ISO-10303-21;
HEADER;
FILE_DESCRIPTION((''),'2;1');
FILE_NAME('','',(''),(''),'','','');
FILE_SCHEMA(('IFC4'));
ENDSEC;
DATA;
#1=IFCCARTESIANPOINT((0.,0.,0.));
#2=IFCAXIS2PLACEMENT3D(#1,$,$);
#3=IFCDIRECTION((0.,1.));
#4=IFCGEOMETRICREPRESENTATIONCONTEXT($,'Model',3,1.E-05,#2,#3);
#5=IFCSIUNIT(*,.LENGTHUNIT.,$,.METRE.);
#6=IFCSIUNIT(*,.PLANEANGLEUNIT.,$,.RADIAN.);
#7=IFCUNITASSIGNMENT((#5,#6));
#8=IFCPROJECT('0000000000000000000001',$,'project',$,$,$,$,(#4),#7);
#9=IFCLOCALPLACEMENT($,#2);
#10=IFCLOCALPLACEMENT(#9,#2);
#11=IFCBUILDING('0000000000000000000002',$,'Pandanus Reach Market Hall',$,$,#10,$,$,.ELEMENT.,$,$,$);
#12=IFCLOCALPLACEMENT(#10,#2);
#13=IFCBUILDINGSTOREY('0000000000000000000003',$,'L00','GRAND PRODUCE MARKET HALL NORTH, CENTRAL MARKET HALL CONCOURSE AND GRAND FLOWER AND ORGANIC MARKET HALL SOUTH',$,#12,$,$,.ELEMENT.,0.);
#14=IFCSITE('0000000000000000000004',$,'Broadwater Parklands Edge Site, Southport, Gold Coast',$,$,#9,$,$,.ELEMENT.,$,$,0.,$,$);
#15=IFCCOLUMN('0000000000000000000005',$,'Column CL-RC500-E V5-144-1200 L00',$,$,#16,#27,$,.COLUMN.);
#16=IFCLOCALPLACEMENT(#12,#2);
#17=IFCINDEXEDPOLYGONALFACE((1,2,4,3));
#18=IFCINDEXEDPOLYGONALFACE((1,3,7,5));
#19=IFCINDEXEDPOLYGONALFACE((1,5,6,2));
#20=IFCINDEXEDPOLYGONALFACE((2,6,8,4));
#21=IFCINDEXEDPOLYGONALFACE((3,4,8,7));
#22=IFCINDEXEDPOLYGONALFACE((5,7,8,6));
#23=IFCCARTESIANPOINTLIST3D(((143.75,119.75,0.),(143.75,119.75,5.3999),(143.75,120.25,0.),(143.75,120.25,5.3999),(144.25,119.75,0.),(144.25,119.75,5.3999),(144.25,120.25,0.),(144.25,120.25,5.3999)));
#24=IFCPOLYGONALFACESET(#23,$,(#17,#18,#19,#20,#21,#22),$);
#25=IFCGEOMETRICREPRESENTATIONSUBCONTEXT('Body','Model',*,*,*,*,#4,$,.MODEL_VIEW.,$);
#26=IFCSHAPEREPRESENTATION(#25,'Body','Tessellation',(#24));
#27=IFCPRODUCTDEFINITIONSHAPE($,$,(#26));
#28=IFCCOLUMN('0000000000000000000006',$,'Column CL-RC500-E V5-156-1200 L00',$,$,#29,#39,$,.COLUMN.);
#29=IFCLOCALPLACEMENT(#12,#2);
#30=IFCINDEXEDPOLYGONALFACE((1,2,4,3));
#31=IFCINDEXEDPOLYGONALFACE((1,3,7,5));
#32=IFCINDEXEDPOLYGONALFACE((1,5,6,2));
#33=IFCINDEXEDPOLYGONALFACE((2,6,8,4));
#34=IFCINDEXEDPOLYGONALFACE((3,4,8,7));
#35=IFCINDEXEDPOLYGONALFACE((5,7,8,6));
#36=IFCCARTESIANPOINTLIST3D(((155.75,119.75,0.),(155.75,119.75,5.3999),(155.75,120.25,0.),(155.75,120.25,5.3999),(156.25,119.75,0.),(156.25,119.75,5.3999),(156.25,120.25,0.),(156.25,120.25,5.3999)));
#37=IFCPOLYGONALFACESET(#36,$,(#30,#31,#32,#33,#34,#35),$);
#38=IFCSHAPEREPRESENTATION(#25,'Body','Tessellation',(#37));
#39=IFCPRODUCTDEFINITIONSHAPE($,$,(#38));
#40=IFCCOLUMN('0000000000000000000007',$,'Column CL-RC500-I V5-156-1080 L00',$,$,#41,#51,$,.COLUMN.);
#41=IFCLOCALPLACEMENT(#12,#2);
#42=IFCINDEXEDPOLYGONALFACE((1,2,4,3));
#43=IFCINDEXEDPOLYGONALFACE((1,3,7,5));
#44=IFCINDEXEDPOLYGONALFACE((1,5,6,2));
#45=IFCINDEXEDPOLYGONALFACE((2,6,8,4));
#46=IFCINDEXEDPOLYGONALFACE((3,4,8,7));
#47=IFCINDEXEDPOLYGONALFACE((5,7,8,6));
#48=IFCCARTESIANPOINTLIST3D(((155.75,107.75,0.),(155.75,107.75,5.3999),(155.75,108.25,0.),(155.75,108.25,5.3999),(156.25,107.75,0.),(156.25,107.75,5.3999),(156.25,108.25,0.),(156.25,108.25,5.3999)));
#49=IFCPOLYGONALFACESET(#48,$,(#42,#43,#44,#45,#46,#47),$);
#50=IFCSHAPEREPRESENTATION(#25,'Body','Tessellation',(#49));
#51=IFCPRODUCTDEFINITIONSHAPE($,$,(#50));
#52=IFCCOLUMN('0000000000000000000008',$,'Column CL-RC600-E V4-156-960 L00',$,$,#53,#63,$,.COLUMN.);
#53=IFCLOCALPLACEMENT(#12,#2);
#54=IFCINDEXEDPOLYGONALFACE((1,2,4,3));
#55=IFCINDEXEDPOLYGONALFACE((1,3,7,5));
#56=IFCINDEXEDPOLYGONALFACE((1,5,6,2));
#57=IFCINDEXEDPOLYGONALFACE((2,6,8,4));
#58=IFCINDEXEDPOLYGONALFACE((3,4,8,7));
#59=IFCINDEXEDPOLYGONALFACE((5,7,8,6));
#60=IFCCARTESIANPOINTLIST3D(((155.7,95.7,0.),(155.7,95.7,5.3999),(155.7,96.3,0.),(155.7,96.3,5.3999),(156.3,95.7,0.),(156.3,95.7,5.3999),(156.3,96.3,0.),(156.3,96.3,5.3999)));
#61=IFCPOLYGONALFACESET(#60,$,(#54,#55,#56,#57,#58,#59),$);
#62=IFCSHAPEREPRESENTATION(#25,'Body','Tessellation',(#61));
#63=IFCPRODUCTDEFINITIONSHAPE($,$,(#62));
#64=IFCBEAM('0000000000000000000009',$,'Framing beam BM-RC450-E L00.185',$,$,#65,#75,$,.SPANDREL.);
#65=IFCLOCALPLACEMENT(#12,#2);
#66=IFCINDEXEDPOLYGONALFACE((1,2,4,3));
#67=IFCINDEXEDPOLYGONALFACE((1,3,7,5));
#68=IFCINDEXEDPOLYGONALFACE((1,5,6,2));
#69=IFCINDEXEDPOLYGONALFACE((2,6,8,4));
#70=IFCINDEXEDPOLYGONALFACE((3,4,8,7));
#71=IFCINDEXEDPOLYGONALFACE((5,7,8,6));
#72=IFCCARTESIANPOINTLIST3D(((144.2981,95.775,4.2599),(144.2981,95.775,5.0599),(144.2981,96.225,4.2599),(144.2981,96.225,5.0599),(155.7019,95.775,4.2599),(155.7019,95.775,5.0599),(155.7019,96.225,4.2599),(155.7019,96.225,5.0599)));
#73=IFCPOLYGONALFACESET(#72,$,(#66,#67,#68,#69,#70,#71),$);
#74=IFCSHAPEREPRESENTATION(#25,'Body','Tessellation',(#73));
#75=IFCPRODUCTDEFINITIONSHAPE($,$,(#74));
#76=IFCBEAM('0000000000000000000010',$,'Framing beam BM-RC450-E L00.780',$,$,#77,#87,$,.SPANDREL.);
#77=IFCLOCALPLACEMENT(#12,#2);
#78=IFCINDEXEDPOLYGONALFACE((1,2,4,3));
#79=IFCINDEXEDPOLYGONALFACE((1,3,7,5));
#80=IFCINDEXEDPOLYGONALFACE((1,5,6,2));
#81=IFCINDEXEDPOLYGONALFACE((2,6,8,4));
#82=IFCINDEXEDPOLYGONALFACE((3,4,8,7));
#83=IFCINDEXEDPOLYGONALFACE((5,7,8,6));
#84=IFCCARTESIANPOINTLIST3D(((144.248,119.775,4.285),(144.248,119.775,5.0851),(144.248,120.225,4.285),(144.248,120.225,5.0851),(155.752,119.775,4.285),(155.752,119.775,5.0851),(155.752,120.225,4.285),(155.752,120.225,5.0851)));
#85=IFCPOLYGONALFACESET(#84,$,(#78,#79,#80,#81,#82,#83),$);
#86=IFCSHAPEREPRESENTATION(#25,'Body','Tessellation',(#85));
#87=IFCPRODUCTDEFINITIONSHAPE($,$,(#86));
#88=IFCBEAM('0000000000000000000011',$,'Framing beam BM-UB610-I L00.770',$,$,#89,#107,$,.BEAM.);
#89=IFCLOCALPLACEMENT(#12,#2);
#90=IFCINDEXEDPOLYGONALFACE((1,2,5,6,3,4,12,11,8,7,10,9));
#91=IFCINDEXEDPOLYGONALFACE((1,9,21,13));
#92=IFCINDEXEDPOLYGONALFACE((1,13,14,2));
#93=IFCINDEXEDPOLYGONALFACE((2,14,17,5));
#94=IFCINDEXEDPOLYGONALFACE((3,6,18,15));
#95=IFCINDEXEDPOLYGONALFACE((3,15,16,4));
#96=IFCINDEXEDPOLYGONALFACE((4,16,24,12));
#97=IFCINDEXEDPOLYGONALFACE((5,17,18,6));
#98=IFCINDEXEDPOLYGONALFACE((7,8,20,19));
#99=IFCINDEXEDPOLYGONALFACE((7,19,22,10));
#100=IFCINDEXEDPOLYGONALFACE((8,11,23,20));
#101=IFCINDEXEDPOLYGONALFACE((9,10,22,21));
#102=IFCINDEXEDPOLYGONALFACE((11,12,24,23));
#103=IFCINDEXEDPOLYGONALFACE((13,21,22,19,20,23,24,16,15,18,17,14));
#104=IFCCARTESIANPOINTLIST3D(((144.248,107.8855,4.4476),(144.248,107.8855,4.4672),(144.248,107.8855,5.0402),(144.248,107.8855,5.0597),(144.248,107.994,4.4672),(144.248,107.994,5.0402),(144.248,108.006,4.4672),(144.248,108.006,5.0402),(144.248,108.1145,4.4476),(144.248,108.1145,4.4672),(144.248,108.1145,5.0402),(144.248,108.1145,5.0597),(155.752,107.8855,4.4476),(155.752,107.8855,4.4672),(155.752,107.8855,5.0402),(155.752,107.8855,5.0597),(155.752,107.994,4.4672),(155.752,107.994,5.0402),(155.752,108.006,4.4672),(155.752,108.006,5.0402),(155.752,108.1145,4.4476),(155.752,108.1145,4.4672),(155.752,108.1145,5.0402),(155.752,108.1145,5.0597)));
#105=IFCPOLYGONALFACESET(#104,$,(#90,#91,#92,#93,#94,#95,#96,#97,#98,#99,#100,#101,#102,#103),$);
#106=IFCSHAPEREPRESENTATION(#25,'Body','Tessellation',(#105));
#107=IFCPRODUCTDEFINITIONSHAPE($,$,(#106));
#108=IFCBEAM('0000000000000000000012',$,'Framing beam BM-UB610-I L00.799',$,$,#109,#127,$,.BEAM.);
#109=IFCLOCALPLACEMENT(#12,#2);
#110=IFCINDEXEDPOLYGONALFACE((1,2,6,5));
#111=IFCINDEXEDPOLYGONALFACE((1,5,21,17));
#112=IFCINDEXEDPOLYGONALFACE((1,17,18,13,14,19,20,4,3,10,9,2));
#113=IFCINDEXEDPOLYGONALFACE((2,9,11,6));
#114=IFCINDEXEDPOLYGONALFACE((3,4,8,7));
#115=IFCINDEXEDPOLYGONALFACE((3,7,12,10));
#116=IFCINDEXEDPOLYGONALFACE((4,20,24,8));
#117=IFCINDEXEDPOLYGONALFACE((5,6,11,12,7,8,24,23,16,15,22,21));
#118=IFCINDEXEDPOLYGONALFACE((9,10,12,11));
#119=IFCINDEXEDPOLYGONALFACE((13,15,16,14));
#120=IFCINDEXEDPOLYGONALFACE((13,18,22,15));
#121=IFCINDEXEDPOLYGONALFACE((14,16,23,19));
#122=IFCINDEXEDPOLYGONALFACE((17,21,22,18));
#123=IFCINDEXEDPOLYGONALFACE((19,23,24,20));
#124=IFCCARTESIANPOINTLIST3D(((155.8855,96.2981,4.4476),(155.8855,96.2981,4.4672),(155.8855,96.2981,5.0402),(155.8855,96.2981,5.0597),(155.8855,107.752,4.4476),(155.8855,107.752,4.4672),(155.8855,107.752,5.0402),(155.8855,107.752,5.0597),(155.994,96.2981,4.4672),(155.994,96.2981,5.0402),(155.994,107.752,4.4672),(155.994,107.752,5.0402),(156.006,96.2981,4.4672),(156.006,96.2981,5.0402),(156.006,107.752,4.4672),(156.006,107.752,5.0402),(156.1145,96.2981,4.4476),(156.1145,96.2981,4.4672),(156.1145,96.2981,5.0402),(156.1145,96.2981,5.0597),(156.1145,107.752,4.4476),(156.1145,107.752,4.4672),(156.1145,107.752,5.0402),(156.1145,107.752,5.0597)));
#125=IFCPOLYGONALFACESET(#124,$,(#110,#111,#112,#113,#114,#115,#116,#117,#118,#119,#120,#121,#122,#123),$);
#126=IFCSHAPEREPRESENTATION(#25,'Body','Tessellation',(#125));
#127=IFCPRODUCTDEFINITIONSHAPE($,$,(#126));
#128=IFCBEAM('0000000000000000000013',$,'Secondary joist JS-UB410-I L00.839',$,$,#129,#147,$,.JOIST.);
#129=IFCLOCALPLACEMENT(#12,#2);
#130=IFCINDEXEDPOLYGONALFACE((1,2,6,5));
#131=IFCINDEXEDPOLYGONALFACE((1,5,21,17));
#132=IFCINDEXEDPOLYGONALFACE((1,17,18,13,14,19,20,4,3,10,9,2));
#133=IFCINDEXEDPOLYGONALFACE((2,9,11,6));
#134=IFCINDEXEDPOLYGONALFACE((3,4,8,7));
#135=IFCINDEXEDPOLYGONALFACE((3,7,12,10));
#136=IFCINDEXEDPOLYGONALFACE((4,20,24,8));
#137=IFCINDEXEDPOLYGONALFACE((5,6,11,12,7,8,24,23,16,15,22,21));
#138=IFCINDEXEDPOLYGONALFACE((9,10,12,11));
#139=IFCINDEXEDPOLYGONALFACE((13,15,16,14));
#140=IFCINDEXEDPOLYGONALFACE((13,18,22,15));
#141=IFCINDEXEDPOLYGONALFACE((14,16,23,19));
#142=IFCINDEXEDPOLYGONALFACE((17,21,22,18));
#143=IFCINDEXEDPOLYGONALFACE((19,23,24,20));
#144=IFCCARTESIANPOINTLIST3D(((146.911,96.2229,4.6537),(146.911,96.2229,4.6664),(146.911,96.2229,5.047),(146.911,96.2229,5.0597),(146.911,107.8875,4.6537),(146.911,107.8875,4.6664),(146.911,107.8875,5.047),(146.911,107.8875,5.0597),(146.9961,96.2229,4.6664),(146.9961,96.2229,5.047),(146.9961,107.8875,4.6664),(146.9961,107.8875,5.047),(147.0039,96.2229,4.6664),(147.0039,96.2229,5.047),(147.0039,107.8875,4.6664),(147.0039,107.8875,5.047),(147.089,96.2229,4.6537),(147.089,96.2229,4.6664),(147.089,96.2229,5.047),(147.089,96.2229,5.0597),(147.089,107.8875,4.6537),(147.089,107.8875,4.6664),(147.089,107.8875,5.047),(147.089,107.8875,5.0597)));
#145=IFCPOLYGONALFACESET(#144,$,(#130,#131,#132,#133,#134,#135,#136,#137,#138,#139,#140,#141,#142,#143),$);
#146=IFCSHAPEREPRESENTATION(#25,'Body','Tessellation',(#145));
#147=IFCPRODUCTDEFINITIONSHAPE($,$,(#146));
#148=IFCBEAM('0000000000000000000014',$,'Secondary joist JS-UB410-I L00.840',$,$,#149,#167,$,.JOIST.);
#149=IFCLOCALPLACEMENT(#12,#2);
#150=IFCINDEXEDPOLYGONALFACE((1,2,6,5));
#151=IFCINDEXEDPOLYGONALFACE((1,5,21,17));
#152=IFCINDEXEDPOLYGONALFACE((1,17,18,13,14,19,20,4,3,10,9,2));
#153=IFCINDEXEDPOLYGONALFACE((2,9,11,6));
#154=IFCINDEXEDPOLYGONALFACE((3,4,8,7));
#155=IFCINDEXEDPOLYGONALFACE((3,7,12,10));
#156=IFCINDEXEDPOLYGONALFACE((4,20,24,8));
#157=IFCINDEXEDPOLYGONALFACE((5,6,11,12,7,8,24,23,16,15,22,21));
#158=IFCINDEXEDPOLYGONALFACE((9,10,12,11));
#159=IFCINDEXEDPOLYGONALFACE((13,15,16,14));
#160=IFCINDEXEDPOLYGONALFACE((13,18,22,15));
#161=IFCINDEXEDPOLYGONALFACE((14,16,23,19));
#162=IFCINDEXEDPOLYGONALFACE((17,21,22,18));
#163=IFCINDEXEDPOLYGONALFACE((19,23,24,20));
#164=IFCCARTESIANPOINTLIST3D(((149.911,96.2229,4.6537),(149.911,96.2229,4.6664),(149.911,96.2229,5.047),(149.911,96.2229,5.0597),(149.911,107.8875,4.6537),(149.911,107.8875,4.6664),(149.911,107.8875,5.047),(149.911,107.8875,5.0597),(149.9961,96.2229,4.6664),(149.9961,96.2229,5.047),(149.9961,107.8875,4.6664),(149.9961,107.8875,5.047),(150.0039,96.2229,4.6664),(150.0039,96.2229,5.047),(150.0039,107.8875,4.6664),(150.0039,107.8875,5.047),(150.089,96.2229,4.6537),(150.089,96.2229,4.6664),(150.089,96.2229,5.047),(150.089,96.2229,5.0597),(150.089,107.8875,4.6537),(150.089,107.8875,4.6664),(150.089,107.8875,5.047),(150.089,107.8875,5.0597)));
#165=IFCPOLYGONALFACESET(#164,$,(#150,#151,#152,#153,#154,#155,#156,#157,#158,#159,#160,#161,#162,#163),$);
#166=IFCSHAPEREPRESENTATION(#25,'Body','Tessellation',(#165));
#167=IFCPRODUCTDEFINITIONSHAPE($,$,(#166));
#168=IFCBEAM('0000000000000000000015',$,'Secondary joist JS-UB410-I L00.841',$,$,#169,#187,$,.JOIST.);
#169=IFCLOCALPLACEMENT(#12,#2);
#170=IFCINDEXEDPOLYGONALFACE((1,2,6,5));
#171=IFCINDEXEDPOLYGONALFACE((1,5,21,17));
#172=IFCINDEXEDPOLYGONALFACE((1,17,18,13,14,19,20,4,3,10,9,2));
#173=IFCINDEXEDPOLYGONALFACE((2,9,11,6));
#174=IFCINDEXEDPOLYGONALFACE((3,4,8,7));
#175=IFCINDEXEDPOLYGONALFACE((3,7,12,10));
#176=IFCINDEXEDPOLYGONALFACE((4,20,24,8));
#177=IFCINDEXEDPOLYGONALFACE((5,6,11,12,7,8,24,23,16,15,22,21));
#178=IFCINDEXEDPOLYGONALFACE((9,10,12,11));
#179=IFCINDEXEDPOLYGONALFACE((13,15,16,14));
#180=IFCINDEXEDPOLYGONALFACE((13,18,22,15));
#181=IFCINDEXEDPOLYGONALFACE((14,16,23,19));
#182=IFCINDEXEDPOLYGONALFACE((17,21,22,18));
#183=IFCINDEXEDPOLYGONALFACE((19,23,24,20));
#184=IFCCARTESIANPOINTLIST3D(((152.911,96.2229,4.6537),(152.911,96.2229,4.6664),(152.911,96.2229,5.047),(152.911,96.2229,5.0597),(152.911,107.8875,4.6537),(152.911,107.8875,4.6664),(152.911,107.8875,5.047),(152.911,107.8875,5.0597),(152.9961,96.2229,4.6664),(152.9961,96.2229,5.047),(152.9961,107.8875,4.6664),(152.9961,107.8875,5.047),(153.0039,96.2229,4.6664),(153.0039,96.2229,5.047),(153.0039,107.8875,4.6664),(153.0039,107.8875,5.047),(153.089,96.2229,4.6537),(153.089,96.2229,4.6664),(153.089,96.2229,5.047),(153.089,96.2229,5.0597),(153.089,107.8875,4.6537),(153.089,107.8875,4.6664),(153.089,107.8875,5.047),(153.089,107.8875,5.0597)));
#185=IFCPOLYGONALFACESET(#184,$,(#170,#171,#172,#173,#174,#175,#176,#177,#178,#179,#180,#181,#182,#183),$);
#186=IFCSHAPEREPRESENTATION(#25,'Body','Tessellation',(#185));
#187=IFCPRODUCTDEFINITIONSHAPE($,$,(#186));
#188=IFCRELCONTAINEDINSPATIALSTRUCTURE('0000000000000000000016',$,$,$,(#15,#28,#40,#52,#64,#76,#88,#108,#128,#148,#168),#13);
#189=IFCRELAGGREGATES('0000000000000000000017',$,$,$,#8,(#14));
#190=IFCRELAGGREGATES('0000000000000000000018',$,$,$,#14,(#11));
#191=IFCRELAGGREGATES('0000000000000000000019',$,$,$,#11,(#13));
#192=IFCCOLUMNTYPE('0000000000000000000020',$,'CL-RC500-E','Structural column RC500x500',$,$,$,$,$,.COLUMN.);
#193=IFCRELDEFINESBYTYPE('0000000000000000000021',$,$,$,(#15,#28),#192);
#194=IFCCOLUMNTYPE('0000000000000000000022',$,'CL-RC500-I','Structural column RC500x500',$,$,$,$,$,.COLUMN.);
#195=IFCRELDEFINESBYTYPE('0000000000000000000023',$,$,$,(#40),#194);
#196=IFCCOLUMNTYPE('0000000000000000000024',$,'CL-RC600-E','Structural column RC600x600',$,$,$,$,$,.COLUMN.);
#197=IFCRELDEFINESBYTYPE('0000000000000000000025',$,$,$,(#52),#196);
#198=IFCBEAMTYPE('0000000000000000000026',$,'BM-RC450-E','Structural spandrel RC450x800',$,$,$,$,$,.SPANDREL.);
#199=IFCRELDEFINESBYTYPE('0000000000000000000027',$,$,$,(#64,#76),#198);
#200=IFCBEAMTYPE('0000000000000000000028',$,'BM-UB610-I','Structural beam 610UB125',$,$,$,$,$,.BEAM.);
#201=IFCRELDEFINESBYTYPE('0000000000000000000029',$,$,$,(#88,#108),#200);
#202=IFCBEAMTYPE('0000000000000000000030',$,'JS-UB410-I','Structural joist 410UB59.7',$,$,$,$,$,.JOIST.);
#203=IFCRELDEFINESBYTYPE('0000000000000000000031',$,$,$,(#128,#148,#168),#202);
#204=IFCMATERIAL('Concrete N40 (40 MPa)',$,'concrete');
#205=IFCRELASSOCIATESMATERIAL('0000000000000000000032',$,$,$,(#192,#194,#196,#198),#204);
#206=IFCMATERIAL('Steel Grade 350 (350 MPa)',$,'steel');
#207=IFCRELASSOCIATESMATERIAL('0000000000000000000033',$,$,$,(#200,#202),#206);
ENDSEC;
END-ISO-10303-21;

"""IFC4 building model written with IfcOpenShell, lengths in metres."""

from ifc_helpers import new_model, si_unit, direction, frame, origin, origin_2d, place, context, subcontext, project, spatial, rectangle, i_section, extrude, material, material_profile, profile_set, type_object, element, save


model = new_model("IFC4")

# Units and contexts
model_context = context("Model", 3, precision=1e-05, world=origin(), true_north=direction((0.0, 1.0)))
body_context = subcontext(model_context, "Body", "Model", "MODEL_VIEW")
ifc_project = project(units=[si_unit("LENGTHUNIT", "METRE"), si_unit("PLANEANGLEUNIT", "RADIAN")], contexts=[model_context])

# Site, building, storey
site_placement = place(None, origin())
site = spatial("IfcSite", under=ifc_project, at=site_placement, Name="Broadwater Parklands Edge Site, Southport, Gold Coast", CompositionType="ELEMENT", RefElevation=0.0)
building_placement = place(site_placement, origin())
building = spatial("IfcBuilding", under=site, at=building_placement, Name="Pandanus Reach Market Hall", CompositionType="ELEMENT")
storey_placement = place(building_placement, origin())
storey = spatial("IfcBuildingStorey", under=building, at=storey_placement, Name="L00", Description="GRAND PRODUCE MARKET HALL NORTH, CENTRAL MARKET HALL CONCOURSE AND GRAND FLOWER AND ORGANIC MARKET HALL SOUTH", CompositionType="ELEMENT", Elevation=0.0)

# Columns
ifc_material_1 = material(Name="Concrete N40 (40 MPa)", Category="concrete")
ifc_material_profile_1 = material_profile(ifc_material_1, rectangle(XDim=0.5, YDim=0.5, at=origin_2d()), Name="RC500x500", Category="LoadBearing")
ifc_profile_set_1 = profile_set([ifc_material_profile_1], Name="Concrete N40 (40 MPa)")
column_type_1 = type_object("IfcColumnType", Name="CL-RC500-E", Description="Structural column RC500x500", PredefinedType="COLUMN", material=ifc_profile_set_1)
for number, where, z_axis, x_axis, name in (
    (1, (144.0, 120.0, 0.0), (0.0, 0.0, 1.0), (1.0, 0.0, 0.0), "Column CL-RC500-E V5-144-1200 L00"),
    (2, (156.0, 120.0, 0.0), (0.0, 0.0, 1.0), (1.0, 0.0, 0.0), "Column CL-RC500-E V5-156-1200 L00"),
):
    element("IfcColumn", number, at=place(storey_placement, frame(where, z_axis=z_axis, x_axis=x_axis)), inside=storey, type_object=column_type_1, Name=name, PredefinedType="COLUMN", context=body_context, shape_type="SweptSolid", body=[
        extrude(rectangle(XDim=0.5, YDim=0.5, at=origin_2d()), origin(), (0.0, 0.0, 1.0), 5.3999),
    ])
ifc_material_profile_2 = material_profile(ifc_material_1, rectangle(XDim=0.5, YDim=0.5, at=origin_2d()), Name="RC500x500", Category="LoadBearing")
ifc_profile_set_2 = profile_set([ifc_material_profile_2], Name="Concrete N40 (40 MPa)")
column_type_2 = type_object("IfcColumnType", Name="CL-RC500-I", Description="Structural column RC500x500", PredefinedType="COLUMN", material=ifc_profile_set_2)
column_1_placement = place(storey_placement, frame((156.0, 108.0, 0.0), z_axis=(0.0, 0.0, 1.0), x_axis=(1.0, 0.0, 0.0)))
element("IfcColumn", 3, at=column_1_placement, inside=storey, type_object=column_type_2, Name="Column CL-RC500-I V5-156-1080 L00", PredefinedType="COLUMN", context=body_context, shape_type="SweptSolid", body=[
    extrude(rectangle(XDim=0.5, YDim=0.5, at=origin_2d()), origin(), (0.0, 0.0, 1.0), 5.3999),
])
ifc_material_profile_3 = material_profile(ifc_material_1, rectangle(XDim=0.6001, YDim=0.6001, at=origin_2d()), Name="RC600x600", Category="LoadBearing")
ifc_profile_set_3 = profile_set([ifc_material_profile_3], Name="Concrete N40 (40 MPa)")
column_type_3 = type_object("IfcColumnType", Name="CL-RC600-E", Description="Structural column RC600x600", PredefinedType="COLUMN", material=ifc_profile_set_3)
column_2_placement = place(storey_placement, frame((156.0, 96.0, 0.0), z_axis=(0.0, 0.0, 1.0), x_axis=(1.0, 0.0, 0.0)))
element("IfcColumn", 4, at=column_2_placement, inside=storey, type_object=column_type_3, Name="Column CL-RC600-E V4-156-960 L00", PredefinedType="COLUMN", context=body_context, shape_type="SweptSolid", body=[
    extrude(rectangle(XDim=0.6001, YDim=0.6001, at=origin_2d()), origin(), (0.0, 0.0, 1.0), 5.3999),
])

# Beams
ifc_material_profile_4 = material_profile(ifc_material_1, rectangle(XDim=0.45, YDim=0.8, at=origin_2d()), Name="RC450x800", Category="LoadBearing")
ifc_profile_set_4 = profile_set([ifc_material_profile_4], Name="Concrete N40 (40 MPa)")
beam_type_1 = type_object("IfcBeamType", Name="BM-RC450-E", Description="Structural spandrel RC450x800", PredefinedType="SPANDREL", material=ifc_profile_set_4)
beam_1_placement = place(storey_placement, frame((144.2981, 96.0, 4.6599), z_axis=(1.0, 0.0, 0.0), x_axis=(0.0, 1.0, 0.0)))
element("IfcBeam", 5, at=beam_1_placement, inside=storey, type_object=beam_type_1, Name="Framing beam BM-RC450-E L00.185", PredefinedType="SPANDREL", context=body_context, shape_type="SweptSolid", body=[
    extrude(rectangle(XDim=0.45, YDim=0.8, at=origin_2d()), origin(), (0.0, 0.0, 1.0), 11.4038),
])
beam_2_placement = place(storey_placement, frame((144.248, 120.0, 4.6851), z_axis=(1.0, 0.0, 0.0), x_axis=(0.0, 1.0, 0.0)))
element("IfcBeam", 6, at=beam_2_placement, inside=storey, type_object=beam_type_1, Name="Framing beam BM-RC450-E L00.780", PredefinedType="SPANDREL", context=body_context, shape_type="SweptSolid", body=[
    extrude(rectangle(XDim=0.45, YDim=0.8, at=origin_2d()), origin(), (0.0, 0.0, 1.0), 11.5039),
])
ifc_material_2 = material(Name="Steel Grade 350 (350 MPa)", Category="steel")
ifc_material_profile_5 = material_profile(ifc_material_2, i_section(OverallWidth=0.229, OverallDepth=0.6121, WebThickness=0.012, FlangeThickness=0.0195, at=origin_2d()), Name="610UB125", Category="LoadBearing")
ifc_profile_set_5 = profile_set([ifc_material_profile_5], Name="Steel Grade 350 (350 MPa)")
beam_type_2 = type_object("IfcBeamType", Name="BM-UB610-I", Description="Structural beam 610UB125", PredefinedType="BEAM", material=ifc_profile_set_5)
beam_3_placement = place(storey_placement, frame((144.248, 108.0, 4.7537), z_axis=(1.0, 0.0, 0.0), x_axis=(0.0, 1.0, 0.0)))
element("IfcBeam", 7, at=beam_3_placement, inside=storey, type_object=beam_type_2, Name="Framing beam BM-UB610-I L00.770", PredefinedType="BEAM", context=body_context, shape_type="SweptSolid", body=[
    extrude(i_section(OverallWidth=0.229, OverallDepth=0.6121, WebThickness=0.012, FlangeThickness=0.0195, at=origin_2d()), origin(), (0.0, 0.0, 1.0), 11.5039),
])
beam_4_placement = place(storey_placement, frame((156.0, 96.2981, 4.7537), z_axis=(0.0, 1.0, 0.0), x_axis=(-1.0, 0.0, 0.0)))
element("IfcBeam", 8, at=beam_4_placement, inside=storey, type_object=beam_type_2, Name="Framing beam BM-UB610-I L00.799", PredefinedType="BEAM", context=body_context, shape_type="SweptSolid", body=[
    extrude(i_section(OverallWidth=0.229, OverallDepth=0.6121, WebThickness=0.012, FlangeThickness=0.0195, at=origin_2d()), origin(), (0.0, 0.0, 1.0), 11.4539),
])
ifc_material_profile_6 = material_profile(ifc_material_2, i_section(OverallWidth=0.178, OverallDepth=0.406, WebThickness=0.0078, FlangeThickness=0.0127, at=origin_2d()), Name="410UB59.7", Category="LoadBearing")
ifc_profile_set_6 = profile_set([ifc_material_profile_6], Name="Steel Grade 350 (350 MPa)")
beam_type_3 = type_object("IfcBeamType", Name="JS-UB410-I", Description="Structural joist 410UB59.7", PredefinedType="JOIST", material=ifc_profile_set_6)
for number, where, z_axis, x_axis, name in (
    (9, (147.0, 96.2229, 4.8567), (0.0, 1.0, 0.0), (-1.0, 0.0, 0.0), "Secondary joist JS-UB410-I L00.839"),
    (10, (150.0, 96.2229, 4.8567), (0.0, 1.0, 0.0), (-1.0, 0.0, 0.0), "Secondary joist JS-UB410-I L00.840"),
    (11, (153.0, 96.2229, 4.8567), (0.0, 1.0, 0.0), (-1.0, 0.0, 0.0), "Secondary joist JS-UB410-I L00.841"),
):
    element("IfcBeam", number, at=place(storey_placement, frame(where, z_axis=z_axis, x_axis=x_axis)), inside=storey, type_object=beam_type_3, Name=name, PredefinedType="JOIST", context=body_context, shape_type="SweptSolid", body=[
        extrude(i_section(OverallWidth=0.178, OverallDepth=0.406, WebThickness=0.0078, FlangeThickness=0.0127, at=origin_2d()), origin(), (0.0, 0.0, 1.0), 11.6646),
    ])

save(model, "model.ifc")
